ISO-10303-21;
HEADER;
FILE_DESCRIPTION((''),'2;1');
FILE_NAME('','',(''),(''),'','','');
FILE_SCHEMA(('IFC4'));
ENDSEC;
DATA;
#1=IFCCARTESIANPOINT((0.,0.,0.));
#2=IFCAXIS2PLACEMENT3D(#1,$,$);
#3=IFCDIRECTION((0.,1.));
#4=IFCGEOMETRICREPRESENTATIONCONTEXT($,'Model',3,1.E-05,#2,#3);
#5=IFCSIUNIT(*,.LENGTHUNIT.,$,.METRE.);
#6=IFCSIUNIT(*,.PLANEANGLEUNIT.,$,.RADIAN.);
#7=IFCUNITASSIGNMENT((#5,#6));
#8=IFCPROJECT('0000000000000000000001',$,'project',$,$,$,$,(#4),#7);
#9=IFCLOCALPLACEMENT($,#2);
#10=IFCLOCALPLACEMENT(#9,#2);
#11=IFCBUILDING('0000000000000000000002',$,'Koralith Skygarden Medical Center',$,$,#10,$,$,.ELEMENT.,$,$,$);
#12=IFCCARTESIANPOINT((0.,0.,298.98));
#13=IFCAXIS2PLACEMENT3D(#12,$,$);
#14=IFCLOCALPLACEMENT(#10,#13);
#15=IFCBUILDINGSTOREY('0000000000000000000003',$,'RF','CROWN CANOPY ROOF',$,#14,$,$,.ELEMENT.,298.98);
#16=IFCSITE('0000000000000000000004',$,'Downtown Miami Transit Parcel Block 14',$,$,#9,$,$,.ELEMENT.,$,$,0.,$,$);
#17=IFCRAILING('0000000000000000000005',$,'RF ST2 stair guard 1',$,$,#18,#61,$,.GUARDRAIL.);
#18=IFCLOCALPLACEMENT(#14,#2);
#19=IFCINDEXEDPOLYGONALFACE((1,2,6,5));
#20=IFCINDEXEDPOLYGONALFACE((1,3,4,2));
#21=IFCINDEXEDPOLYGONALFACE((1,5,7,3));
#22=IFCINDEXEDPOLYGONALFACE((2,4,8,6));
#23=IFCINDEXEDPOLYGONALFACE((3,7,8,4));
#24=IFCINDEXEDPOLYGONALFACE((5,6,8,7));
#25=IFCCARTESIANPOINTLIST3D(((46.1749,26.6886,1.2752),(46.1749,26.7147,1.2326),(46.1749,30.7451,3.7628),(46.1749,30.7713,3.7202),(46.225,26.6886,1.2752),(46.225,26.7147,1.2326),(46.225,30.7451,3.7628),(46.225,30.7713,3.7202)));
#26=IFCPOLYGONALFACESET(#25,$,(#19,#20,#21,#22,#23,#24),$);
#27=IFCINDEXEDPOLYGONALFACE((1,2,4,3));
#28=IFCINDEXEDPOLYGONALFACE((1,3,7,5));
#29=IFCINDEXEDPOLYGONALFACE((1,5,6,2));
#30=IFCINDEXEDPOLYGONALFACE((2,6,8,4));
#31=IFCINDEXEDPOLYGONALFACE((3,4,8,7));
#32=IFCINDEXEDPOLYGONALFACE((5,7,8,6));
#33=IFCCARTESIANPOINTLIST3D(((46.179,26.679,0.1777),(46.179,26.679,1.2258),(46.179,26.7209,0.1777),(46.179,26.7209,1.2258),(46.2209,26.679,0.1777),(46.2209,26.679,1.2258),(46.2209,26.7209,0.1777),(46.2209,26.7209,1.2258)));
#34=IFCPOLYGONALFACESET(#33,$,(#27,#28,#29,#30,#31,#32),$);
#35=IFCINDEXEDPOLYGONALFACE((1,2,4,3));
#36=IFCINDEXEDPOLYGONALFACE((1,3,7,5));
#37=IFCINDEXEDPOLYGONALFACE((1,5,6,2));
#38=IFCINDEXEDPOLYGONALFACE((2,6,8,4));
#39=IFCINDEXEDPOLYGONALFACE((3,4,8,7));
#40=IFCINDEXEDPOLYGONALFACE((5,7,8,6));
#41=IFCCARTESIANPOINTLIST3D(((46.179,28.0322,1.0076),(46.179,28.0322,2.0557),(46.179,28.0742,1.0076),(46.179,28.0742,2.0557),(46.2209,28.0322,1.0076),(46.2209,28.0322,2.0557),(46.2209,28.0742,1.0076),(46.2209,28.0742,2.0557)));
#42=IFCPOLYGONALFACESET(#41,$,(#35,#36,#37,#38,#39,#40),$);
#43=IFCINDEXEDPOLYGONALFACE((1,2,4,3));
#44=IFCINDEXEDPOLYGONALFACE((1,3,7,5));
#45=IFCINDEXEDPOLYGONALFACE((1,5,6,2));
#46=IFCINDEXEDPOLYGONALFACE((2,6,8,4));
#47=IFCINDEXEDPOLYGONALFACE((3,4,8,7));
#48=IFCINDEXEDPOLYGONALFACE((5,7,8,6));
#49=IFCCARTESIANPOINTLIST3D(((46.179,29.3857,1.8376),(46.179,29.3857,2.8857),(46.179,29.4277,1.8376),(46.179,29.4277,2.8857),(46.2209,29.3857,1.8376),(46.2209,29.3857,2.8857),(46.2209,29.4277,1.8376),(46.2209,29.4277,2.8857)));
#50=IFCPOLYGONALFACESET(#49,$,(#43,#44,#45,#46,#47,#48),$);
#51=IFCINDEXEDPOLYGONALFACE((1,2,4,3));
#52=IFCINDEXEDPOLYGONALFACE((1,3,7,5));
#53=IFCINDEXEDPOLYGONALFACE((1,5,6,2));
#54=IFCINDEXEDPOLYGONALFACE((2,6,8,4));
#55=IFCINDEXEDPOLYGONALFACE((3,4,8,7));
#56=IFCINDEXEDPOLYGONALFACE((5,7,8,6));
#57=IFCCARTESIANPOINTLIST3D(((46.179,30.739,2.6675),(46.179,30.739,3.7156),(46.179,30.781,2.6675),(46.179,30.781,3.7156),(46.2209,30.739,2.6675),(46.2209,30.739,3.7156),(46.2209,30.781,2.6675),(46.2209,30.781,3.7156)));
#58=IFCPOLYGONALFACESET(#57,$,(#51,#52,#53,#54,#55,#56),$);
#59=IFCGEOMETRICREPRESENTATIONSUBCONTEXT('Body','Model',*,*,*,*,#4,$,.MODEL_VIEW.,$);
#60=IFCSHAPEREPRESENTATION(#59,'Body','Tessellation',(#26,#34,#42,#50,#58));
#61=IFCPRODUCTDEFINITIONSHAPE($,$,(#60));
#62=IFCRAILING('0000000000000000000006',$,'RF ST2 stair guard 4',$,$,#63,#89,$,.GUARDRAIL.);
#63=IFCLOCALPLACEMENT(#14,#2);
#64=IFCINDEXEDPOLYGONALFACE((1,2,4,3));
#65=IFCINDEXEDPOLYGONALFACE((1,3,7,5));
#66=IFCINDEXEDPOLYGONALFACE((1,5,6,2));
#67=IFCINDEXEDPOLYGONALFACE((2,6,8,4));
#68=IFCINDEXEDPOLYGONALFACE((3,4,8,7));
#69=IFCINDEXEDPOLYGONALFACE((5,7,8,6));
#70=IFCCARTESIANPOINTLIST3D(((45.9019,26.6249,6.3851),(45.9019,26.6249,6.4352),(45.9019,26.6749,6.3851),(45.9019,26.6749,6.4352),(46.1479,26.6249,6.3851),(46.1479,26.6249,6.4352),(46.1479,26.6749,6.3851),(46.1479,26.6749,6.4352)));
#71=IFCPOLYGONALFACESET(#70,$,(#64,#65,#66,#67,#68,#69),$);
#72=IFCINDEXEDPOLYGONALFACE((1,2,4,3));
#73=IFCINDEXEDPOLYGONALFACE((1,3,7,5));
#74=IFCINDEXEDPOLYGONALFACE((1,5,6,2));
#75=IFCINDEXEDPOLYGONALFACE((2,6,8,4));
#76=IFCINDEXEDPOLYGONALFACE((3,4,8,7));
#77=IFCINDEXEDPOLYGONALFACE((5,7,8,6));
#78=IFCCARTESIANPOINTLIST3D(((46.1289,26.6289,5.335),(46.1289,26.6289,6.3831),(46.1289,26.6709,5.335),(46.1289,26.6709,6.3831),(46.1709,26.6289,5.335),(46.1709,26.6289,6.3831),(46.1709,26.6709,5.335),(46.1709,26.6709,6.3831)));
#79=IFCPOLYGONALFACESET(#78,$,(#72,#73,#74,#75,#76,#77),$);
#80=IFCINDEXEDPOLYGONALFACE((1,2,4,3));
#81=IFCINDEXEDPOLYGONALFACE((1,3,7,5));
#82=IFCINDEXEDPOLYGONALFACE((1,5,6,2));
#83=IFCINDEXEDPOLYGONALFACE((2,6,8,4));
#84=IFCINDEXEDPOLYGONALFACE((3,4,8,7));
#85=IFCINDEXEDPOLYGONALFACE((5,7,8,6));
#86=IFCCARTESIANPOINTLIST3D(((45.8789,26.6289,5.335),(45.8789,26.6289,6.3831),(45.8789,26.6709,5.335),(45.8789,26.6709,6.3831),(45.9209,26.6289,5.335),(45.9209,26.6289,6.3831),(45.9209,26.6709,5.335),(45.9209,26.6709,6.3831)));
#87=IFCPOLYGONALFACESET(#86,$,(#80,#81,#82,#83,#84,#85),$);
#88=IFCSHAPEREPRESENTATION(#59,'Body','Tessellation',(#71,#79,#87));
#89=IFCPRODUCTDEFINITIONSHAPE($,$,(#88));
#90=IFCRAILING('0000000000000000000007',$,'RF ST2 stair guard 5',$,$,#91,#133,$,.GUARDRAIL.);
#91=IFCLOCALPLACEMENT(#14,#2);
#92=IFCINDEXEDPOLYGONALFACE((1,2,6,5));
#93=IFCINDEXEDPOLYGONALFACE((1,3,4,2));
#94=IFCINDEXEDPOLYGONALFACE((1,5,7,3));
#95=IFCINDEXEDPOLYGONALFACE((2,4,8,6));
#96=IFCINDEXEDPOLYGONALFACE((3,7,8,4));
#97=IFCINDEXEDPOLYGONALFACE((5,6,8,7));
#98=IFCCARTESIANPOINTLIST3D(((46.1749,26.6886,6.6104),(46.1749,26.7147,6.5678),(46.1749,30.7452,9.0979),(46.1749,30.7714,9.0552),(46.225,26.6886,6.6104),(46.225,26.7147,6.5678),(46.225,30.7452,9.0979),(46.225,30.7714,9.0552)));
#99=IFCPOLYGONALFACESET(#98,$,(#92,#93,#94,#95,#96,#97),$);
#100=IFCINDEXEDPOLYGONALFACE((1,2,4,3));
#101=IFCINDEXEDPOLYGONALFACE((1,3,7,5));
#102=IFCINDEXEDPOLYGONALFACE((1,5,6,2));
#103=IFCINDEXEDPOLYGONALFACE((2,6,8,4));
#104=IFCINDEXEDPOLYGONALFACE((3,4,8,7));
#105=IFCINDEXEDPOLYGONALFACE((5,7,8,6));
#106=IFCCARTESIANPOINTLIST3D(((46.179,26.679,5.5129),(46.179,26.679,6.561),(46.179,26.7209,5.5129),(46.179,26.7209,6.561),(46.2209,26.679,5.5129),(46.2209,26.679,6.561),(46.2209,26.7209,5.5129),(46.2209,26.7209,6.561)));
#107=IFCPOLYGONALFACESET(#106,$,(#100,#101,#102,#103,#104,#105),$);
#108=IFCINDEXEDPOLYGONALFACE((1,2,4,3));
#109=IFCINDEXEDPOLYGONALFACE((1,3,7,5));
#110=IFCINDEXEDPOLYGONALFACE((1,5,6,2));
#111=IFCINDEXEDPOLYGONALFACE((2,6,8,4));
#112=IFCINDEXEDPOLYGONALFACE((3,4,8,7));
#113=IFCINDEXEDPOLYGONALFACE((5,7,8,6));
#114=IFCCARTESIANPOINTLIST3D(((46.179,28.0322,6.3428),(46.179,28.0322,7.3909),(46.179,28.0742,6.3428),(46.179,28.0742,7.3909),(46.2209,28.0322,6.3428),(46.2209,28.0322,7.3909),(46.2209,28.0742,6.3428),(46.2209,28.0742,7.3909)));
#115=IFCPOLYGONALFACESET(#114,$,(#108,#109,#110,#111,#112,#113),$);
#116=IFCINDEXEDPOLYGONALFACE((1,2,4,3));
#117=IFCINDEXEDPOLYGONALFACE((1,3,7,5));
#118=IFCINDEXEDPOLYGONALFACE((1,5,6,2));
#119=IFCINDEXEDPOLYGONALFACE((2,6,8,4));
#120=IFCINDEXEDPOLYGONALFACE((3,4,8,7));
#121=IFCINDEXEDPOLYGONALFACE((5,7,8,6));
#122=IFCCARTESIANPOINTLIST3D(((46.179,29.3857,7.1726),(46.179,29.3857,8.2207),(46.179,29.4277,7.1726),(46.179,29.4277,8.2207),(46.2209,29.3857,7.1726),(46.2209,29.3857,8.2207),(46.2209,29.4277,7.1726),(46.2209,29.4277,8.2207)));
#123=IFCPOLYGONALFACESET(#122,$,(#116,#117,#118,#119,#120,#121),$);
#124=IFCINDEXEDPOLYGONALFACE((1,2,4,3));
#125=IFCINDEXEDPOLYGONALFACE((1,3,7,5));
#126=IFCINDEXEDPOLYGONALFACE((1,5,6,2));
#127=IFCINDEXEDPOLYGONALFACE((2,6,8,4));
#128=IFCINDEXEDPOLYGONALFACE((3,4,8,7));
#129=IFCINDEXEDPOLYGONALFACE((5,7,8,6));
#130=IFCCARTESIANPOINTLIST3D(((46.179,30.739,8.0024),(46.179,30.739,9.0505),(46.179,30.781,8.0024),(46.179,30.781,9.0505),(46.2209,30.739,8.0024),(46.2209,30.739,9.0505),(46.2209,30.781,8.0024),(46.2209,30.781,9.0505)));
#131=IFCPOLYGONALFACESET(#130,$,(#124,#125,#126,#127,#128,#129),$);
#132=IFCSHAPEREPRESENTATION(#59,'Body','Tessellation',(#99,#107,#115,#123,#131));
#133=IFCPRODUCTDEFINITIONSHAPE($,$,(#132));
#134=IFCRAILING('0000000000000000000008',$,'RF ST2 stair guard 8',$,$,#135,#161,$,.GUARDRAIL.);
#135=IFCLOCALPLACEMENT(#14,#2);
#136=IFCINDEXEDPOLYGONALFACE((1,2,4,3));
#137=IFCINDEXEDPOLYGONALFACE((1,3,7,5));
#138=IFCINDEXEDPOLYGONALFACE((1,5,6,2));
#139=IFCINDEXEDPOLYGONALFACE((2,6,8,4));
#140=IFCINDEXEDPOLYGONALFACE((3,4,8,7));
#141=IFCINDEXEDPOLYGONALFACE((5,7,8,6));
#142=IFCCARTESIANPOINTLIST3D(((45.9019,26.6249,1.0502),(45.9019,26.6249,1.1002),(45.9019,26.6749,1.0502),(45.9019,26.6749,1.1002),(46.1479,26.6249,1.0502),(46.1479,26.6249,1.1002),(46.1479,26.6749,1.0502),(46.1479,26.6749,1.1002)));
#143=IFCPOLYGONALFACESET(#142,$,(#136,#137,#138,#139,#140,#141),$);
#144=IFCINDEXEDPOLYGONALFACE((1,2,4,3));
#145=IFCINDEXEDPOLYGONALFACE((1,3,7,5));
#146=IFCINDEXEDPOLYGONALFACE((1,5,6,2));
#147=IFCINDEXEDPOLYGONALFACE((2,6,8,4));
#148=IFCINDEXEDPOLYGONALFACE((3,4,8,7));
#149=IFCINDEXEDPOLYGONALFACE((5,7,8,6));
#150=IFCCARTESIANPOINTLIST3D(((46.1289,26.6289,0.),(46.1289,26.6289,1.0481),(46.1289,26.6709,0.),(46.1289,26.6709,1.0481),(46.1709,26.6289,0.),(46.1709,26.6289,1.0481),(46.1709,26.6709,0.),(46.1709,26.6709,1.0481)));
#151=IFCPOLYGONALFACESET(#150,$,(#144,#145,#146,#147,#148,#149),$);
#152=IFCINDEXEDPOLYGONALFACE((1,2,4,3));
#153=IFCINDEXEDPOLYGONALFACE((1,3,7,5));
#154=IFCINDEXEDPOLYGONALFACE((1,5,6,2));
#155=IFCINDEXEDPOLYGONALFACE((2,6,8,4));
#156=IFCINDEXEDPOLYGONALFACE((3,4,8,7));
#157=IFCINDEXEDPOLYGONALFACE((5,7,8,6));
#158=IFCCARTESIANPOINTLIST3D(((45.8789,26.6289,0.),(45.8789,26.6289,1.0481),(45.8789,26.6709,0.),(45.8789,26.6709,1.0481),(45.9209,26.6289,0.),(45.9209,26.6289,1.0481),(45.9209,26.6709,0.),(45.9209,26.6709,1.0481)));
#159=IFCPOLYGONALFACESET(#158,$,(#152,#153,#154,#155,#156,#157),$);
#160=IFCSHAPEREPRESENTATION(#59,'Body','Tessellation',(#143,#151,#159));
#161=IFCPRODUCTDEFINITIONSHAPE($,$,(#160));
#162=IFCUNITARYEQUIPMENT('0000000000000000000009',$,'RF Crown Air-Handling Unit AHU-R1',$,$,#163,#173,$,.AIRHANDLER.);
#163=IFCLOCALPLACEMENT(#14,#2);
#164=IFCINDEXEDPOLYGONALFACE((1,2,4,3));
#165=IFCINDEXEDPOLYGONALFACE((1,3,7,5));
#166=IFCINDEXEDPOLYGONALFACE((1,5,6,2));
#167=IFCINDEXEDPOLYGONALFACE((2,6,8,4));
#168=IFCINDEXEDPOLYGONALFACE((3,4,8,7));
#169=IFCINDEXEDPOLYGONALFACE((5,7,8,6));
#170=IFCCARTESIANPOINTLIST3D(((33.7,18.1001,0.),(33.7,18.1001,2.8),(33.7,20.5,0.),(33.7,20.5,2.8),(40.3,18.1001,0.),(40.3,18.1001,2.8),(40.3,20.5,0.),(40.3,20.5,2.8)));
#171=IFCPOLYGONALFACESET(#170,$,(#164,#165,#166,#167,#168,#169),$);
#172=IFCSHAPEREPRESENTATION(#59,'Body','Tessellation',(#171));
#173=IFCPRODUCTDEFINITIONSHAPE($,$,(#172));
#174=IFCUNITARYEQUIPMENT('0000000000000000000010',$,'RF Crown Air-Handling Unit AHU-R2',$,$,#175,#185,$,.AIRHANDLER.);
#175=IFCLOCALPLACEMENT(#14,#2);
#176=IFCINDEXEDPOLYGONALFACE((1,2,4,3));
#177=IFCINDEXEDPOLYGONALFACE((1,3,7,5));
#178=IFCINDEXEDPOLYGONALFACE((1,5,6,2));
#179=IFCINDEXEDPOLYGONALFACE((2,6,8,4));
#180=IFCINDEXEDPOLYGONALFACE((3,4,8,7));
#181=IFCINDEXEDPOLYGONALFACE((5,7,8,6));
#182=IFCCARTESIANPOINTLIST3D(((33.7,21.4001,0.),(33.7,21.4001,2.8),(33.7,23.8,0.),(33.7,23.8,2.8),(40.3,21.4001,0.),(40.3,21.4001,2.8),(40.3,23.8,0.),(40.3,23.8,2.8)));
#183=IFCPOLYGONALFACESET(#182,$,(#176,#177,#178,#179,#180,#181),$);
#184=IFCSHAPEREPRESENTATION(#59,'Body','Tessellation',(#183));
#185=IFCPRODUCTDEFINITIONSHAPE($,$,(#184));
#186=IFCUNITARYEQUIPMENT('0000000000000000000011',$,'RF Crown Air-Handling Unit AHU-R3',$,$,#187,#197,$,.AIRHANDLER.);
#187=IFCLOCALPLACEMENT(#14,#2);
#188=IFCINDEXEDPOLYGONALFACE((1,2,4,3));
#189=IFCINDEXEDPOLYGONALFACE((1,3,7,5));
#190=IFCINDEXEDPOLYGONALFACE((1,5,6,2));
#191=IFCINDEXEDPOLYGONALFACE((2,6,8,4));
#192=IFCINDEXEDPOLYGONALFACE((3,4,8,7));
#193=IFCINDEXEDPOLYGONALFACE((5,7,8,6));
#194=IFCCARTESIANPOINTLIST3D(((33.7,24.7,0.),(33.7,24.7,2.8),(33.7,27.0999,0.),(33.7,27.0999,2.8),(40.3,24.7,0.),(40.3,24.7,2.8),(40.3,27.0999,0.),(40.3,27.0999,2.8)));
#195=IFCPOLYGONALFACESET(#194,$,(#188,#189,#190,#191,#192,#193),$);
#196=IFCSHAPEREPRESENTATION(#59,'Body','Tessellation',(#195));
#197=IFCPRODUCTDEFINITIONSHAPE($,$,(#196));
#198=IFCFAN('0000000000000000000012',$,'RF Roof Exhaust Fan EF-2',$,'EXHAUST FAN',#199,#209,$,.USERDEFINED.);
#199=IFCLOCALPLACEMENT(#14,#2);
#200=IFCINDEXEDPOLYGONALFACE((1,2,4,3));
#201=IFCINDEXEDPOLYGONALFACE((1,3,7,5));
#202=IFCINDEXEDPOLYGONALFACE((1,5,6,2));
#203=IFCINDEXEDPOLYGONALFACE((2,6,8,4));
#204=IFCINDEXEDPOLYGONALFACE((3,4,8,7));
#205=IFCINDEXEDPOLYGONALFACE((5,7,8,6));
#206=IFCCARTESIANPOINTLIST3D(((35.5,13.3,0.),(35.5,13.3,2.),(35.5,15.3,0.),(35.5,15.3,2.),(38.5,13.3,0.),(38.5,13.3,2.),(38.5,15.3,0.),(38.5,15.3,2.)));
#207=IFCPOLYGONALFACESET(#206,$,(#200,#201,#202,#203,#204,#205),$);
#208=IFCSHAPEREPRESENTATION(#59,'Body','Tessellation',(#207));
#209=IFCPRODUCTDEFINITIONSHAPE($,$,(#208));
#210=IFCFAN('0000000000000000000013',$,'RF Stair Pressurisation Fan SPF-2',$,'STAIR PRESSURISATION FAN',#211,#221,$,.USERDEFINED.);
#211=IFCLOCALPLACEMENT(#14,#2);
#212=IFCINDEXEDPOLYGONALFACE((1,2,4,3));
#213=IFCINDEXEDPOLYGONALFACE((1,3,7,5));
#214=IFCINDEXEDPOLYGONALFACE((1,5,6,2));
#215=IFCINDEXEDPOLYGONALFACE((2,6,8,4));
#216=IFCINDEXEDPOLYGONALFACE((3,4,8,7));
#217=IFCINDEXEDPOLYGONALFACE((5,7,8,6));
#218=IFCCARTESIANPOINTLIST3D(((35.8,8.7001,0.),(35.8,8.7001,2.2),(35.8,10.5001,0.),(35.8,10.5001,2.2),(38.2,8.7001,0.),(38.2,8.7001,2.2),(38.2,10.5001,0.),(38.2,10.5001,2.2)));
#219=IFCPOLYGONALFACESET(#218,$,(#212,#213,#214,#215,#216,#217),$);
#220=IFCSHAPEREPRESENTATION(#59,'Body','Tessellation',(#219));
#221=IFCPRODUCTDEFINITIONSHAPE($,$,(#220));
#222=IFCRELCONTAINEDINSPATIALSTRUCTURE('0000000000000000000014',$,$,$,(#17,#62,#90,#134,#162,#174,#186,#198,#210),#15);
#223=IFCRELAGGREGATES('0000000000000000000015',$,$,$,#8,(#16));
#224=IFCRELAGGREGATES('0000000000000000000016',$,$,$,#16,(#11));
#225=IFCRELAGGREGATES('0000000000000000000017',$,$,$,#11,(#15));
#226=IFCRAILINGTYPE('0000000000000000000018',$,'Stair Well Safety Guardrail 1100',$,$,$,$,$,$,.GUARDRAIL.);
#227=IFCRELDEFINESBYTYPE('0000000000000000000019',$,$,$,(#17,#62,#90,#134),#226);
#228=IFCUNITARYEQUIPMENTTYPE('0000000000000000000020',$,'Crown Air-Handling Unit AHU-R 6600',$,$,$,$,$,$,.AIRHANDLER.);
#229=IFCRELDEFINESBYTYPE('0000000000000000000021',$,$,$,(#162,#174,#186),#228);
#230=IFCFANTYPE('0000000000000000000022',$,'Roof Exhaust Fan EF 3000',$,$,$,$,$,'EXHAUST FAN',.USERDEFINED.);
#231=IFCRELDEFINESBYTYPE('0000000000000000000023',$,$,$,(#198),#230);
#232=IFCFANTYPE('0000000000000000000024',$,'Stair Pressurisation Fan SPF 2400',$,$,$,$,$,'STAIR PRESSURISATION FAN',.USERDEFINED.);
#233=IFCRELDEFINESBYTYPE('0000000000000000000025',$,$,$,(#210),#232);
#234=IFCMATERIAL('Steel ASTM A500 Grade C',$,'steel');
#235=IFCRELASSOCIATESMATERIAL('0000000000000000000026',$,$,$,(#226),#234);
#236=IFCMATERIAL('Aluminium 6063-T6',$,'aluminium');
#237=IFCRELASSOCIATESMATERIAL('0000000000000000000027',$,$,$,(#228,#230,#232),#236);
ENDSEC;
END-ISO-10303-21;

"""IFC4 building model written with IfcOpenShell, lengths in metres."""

from ifc_helpers import new_model, si_unit, direction, frame, origin, origin_2d, place, context, subcontext, project, spatial, rectangle, extrude, material, type_object, element, save


model = new_model("IFC4")

# Units and contexts
model_context = context("Model", 3, precision=1e-05, world=origin(), true_north=direction((0.0, 1.0)))
body_context = subcontext(model_context, "Body", "Model", "MODEL_VIEW")
ifc_project = project(units=[si_unit("LENGTHUNIT", "METRE"), si_unit("PLANEANGLEUNIT", "RADIAN")], contexts=[model_context])

# Site, building, storey
site_placement = place(None, origin())
site = spatial("IfcSite", under=ifc_project, at=site_placement, Name="Downtown Miami Transit Parcel Block 14", CompositionType="ELEMENT", RefElevation=0.0)
building_placement = place(site_placement, origin())
building = spatial("IfcBuilding", under=site, at=building_placement, Name="Koralith Skygarden Medical Center", CompositionType="ELEMENT")
storey_placement = place(building_placement, frame((0.0, 0.0, 298.98)))
storey = spatial("IfcBuildingStorey", under=building, at=storey_placement, Name="RF", Description="CROWN CANOPY ROOF", CompositionType="ELEMENT", Elevation=298.98)

# Shared definitions
ifc_material_1 = material(Name="Steel ASTM A500 Grade C", Category="steel")

# Shared definitions
ifc_material_2 = material(Name="Aluminium 6063-T6", Category="aluminium")

# Railings
railing_type = type_object("IfcRailingType", Name="Stair Well Safety Guardrail 1100", PredefinedType="GUARDRAIL", material=ifc_material_1)
railing_1_placement = place(storey_placement, frame((46.2, 26.7, 0.1777)))
element("IfcRailing", 1, at=railing_1_placement, inside=storey, type_object=railing_type, Name="RF ST2 stair guard 1", PredefinedType="GUARDRAIL", context=body_context, shape_type="SweptSolid", body=[
    extrude(rectangle(XDim=0.05, YDim=0.05, at=origin_2d()), frame((0.0, 0.0017, 1.0762), z_axis=(0.0, 0.852477, 0.522764), x_axis=(-1.0, 0.0, 0.0)), (0.0, 0.0, 1.0), 4.7585),
    extrude(rectangle(XDim=0.042, YDim=0.042, at=origin_2d()), origin(), (0.0, 0.0, 1.0), 1.0481),
    extrude(rectangle(XDim=0.042, YDim=0.042, at=origin_2d()), frame((0.0, 1.3533, 0.8298)), (0.0, 0.0, 1.0), 1.0481),
    extrude(rectangle(XDim=0.042, YDim=0.042, at=origin_2d()), frame((0.0, 2.7068, 1.6599)), (0.0, 0.0, 1.0), 1.0481),
    extrude(rectangle(XDim=0.042, YDim=0.042, at=origin_2d()), frame((0.0, 4.0601, 2.4897)), (0.0, 0.0, 1.0), 1.0481),
])
railing_2_placement = place(storey_placement, frame((46.1499, 26.6499, 5.335)))
element("IfcRailing", 2, at=railing_2_placement, inside=storey, type_object=railing_type, Name="RF ST2 stair guard 4", PredefinedType="GUARDRAIL", context=body_context, shape_type="SweptSolid", body=[
    extrude(rectangle(XDim=0.05, YDim=0.05, at=origin_2d()), frame((-0.002, 0.0, 1.0752), z_axis=(-1.0, 0.0, 0.0), x_axis=(0.0, -1.0, 0.0)), (0.0, 0.0, 1.0), 0.2461),
    extrude(rectangle(XDim=0.042, YDim=0.042, at=origin_2d()), origin(), (0.0, 0.0, 1.0), 1.0481),
    extrude(rectangle(XDim=0.042, YDim=0.042, at=origin_2d()), frame((-0.25, 0.0, 0.0)), (0.0, 0.0, 1.0), 1.0481),
])
railing_3_placement = place(storey_placement, frame((46.2, 26.7, 5.5129)))
element("IfcRailing", 3, at=railing_3_placement, inside=storey, type_object=railing_type, Name="RF ST2 stair guard 5", PredefinedType="GUARDRAIL", context=body_context, shape_type="SweptSolid", body=[
    extrude(rectangle(XDim=0.05, YDim=0.05, at=origin_2d()), frame((0.0, 0.0017, 1.0762), z_axis=(0.0, 0.8525, 0.522727), x_axis=(-1.0, 0.0, 0.0)), (0.0, 0.0, 1.0), 4.7585),
    extrude(rectangle(XDim=0.042, YDim=0.042, at=origin_2d()), origin(), (0.0, 0.0, 1.0), 1.0481),
    extrude(rectangle(XDim=0.042, YDim=0.042, at=origin_2d()), frame((0.0, 1.3533, 0.8298)), (0.0, 0.0, 1.0), 1.0481),
    extrude(rectangle(XDim=0.042, YDim=0.042, at=origin_2d()), frame((0.0, 2.7068, 1.6597)), (0.0, 0.0, 1.0), 1.0481),
    extrude(rectangle(XDim=0.042, YDim=0.042, at=origin_2d()), frame((0.0, 4.0601, 2.4895)), (0.0, 0.0, 1.0), 1.0481),
])
railing_4_placement = place(storey_placement, frame((46.1499, 26.6499, 0.0)))
element("IfcRailing", 4, at=railing_4_placement, inside=storey, type_object=railing_type, Name="RF ST2 stair guard 8", PredefinedType="GUARDRAIL", context=body_context, shape_type="SweptSolid", body=[
    extrude(rectangle(XDim=0.05, YDim=0.05, at=origin_2d()), frame((-0.002, 0.0, 1.0752), z_axis=(-1.0, 0.0, 0.0), x_axis=(0.0, -1.0, 0.0)), (0.0, 0.0, 1.0), 0.2461),
    extrude(rectangle(XDim=0.042, YDim=0.042, at=origin_2d()), origin(), (0.0, 0.0, 1.0), 1.0481),
    extrude(rectangle(XDim=0.042, YDim=0.042, at=origin_2d()), frame((-0.25, 0.0, 0.0)), (0.0, 0.0, 1.0), 1.0481),
])

# Unitary equipment
unitary_equipment_type = type_object("IfcUnitaryEquipmentType", Name="Crown Air-Handling Unit AHU-R 6600", PredefinedType="AIRHANDLER", material=ifc_material_2)
for number, where, z_axis, x_axis, name in (
    (5, (37.0, 19.3, 0.0), (0.0, 0.0, 1.0), (1.0, 0.0, 0.0), "RF Crown Air-Handling Unit AHU-R1"),
    (6, (37.0, 22.6001, 0.0), (0.0, 0.0, 1.0), (1.0, 0.0, 0.0), "RF Crown Air-Handling Unit AHU-R2"),
    (7, (37.0, 25.8999, 0.0), (0.0, 0.0, 1.0), (1.0, 0.0, 0.0), "RF Crown Air-Handling Unit AHU-R3"),
):
    element("IfcUnitaryEquipment", number, at=place(storey_placement, frame(where, z_axis=z_axis, x_axis=x_axis)), inside=storey, type_object=unitary_equipment_type, Name=name, PredefinedType="AIRHANDLER", context=body_context, shape_type="SweptSolid", body=[
        extrude(rectangle(XDim=6.6001, YDim=2.3999, at=origin_2d()), origin(), (0.0, 0.0, 1.0), 2.8),
    ])

# Fans
fan_type_1 = type_object("IfcFanType", Name="Roof Exhaust Fan EF 3000", ElementType="EXHAUST FAN", PredefinedType="USERDEFINED", material=ifc_material_2)
fan_placement = place(storey_placement, frame((37.0, 14.3, 0.0), z_axis=(0.0, 0.0, 1.0), x_axis=(1.0, 0.0, 0.0)))
element("IfcFan", 8, at=fan_placement, inside=storey, type_object=fan_type_1, Name="RF Roof Exhaust Fan EF-2", ObjectType="EXHAUST FAN", PredefinedType="USERDEFINED", context=body_context, shape_type="SweptSolid", body=[
    extrude(rectangle(XDim=3.0, YDim=2.0, at=origin_2d()), origin(), (0.0, 0.0, 1.0), 2.0),
])
fan_type_2 = type_object("IfcFanType", Name="Stair Pressurisation Fan SPF 2400", ElementType="STAIR PRESSURISATION FAN", PredefinedType="USERDEFINED", material=ifc_material_2)
for number, where, z_axis, x_axis, name in (
    (9, (37.0, 9.6001, 0.0), (0.0, 0.0, 1.0), (1.0, 0.0, 0.0), "RF Stair Pressurisation Fan SPF-2"),
):
    element("IfcFan", number, at=place(storey_placement, frame(where, z_axis=z_axis, x_axis=x_axis)), inside=storey, type_object=fan_type_2, Name=name, ObjectType="STAIR PRESSURISATION FAN", PredefinedType="USERDEFINED", context=body_context, shape_type="SweptSolid", body=[
        extrude(rectangle(XDim=2.3999, YDim=1.8, at=origin_2d()), origin(), (0.0, 0.0, 1.0), 2.2),
    ])

save(model, "model.ifc")
